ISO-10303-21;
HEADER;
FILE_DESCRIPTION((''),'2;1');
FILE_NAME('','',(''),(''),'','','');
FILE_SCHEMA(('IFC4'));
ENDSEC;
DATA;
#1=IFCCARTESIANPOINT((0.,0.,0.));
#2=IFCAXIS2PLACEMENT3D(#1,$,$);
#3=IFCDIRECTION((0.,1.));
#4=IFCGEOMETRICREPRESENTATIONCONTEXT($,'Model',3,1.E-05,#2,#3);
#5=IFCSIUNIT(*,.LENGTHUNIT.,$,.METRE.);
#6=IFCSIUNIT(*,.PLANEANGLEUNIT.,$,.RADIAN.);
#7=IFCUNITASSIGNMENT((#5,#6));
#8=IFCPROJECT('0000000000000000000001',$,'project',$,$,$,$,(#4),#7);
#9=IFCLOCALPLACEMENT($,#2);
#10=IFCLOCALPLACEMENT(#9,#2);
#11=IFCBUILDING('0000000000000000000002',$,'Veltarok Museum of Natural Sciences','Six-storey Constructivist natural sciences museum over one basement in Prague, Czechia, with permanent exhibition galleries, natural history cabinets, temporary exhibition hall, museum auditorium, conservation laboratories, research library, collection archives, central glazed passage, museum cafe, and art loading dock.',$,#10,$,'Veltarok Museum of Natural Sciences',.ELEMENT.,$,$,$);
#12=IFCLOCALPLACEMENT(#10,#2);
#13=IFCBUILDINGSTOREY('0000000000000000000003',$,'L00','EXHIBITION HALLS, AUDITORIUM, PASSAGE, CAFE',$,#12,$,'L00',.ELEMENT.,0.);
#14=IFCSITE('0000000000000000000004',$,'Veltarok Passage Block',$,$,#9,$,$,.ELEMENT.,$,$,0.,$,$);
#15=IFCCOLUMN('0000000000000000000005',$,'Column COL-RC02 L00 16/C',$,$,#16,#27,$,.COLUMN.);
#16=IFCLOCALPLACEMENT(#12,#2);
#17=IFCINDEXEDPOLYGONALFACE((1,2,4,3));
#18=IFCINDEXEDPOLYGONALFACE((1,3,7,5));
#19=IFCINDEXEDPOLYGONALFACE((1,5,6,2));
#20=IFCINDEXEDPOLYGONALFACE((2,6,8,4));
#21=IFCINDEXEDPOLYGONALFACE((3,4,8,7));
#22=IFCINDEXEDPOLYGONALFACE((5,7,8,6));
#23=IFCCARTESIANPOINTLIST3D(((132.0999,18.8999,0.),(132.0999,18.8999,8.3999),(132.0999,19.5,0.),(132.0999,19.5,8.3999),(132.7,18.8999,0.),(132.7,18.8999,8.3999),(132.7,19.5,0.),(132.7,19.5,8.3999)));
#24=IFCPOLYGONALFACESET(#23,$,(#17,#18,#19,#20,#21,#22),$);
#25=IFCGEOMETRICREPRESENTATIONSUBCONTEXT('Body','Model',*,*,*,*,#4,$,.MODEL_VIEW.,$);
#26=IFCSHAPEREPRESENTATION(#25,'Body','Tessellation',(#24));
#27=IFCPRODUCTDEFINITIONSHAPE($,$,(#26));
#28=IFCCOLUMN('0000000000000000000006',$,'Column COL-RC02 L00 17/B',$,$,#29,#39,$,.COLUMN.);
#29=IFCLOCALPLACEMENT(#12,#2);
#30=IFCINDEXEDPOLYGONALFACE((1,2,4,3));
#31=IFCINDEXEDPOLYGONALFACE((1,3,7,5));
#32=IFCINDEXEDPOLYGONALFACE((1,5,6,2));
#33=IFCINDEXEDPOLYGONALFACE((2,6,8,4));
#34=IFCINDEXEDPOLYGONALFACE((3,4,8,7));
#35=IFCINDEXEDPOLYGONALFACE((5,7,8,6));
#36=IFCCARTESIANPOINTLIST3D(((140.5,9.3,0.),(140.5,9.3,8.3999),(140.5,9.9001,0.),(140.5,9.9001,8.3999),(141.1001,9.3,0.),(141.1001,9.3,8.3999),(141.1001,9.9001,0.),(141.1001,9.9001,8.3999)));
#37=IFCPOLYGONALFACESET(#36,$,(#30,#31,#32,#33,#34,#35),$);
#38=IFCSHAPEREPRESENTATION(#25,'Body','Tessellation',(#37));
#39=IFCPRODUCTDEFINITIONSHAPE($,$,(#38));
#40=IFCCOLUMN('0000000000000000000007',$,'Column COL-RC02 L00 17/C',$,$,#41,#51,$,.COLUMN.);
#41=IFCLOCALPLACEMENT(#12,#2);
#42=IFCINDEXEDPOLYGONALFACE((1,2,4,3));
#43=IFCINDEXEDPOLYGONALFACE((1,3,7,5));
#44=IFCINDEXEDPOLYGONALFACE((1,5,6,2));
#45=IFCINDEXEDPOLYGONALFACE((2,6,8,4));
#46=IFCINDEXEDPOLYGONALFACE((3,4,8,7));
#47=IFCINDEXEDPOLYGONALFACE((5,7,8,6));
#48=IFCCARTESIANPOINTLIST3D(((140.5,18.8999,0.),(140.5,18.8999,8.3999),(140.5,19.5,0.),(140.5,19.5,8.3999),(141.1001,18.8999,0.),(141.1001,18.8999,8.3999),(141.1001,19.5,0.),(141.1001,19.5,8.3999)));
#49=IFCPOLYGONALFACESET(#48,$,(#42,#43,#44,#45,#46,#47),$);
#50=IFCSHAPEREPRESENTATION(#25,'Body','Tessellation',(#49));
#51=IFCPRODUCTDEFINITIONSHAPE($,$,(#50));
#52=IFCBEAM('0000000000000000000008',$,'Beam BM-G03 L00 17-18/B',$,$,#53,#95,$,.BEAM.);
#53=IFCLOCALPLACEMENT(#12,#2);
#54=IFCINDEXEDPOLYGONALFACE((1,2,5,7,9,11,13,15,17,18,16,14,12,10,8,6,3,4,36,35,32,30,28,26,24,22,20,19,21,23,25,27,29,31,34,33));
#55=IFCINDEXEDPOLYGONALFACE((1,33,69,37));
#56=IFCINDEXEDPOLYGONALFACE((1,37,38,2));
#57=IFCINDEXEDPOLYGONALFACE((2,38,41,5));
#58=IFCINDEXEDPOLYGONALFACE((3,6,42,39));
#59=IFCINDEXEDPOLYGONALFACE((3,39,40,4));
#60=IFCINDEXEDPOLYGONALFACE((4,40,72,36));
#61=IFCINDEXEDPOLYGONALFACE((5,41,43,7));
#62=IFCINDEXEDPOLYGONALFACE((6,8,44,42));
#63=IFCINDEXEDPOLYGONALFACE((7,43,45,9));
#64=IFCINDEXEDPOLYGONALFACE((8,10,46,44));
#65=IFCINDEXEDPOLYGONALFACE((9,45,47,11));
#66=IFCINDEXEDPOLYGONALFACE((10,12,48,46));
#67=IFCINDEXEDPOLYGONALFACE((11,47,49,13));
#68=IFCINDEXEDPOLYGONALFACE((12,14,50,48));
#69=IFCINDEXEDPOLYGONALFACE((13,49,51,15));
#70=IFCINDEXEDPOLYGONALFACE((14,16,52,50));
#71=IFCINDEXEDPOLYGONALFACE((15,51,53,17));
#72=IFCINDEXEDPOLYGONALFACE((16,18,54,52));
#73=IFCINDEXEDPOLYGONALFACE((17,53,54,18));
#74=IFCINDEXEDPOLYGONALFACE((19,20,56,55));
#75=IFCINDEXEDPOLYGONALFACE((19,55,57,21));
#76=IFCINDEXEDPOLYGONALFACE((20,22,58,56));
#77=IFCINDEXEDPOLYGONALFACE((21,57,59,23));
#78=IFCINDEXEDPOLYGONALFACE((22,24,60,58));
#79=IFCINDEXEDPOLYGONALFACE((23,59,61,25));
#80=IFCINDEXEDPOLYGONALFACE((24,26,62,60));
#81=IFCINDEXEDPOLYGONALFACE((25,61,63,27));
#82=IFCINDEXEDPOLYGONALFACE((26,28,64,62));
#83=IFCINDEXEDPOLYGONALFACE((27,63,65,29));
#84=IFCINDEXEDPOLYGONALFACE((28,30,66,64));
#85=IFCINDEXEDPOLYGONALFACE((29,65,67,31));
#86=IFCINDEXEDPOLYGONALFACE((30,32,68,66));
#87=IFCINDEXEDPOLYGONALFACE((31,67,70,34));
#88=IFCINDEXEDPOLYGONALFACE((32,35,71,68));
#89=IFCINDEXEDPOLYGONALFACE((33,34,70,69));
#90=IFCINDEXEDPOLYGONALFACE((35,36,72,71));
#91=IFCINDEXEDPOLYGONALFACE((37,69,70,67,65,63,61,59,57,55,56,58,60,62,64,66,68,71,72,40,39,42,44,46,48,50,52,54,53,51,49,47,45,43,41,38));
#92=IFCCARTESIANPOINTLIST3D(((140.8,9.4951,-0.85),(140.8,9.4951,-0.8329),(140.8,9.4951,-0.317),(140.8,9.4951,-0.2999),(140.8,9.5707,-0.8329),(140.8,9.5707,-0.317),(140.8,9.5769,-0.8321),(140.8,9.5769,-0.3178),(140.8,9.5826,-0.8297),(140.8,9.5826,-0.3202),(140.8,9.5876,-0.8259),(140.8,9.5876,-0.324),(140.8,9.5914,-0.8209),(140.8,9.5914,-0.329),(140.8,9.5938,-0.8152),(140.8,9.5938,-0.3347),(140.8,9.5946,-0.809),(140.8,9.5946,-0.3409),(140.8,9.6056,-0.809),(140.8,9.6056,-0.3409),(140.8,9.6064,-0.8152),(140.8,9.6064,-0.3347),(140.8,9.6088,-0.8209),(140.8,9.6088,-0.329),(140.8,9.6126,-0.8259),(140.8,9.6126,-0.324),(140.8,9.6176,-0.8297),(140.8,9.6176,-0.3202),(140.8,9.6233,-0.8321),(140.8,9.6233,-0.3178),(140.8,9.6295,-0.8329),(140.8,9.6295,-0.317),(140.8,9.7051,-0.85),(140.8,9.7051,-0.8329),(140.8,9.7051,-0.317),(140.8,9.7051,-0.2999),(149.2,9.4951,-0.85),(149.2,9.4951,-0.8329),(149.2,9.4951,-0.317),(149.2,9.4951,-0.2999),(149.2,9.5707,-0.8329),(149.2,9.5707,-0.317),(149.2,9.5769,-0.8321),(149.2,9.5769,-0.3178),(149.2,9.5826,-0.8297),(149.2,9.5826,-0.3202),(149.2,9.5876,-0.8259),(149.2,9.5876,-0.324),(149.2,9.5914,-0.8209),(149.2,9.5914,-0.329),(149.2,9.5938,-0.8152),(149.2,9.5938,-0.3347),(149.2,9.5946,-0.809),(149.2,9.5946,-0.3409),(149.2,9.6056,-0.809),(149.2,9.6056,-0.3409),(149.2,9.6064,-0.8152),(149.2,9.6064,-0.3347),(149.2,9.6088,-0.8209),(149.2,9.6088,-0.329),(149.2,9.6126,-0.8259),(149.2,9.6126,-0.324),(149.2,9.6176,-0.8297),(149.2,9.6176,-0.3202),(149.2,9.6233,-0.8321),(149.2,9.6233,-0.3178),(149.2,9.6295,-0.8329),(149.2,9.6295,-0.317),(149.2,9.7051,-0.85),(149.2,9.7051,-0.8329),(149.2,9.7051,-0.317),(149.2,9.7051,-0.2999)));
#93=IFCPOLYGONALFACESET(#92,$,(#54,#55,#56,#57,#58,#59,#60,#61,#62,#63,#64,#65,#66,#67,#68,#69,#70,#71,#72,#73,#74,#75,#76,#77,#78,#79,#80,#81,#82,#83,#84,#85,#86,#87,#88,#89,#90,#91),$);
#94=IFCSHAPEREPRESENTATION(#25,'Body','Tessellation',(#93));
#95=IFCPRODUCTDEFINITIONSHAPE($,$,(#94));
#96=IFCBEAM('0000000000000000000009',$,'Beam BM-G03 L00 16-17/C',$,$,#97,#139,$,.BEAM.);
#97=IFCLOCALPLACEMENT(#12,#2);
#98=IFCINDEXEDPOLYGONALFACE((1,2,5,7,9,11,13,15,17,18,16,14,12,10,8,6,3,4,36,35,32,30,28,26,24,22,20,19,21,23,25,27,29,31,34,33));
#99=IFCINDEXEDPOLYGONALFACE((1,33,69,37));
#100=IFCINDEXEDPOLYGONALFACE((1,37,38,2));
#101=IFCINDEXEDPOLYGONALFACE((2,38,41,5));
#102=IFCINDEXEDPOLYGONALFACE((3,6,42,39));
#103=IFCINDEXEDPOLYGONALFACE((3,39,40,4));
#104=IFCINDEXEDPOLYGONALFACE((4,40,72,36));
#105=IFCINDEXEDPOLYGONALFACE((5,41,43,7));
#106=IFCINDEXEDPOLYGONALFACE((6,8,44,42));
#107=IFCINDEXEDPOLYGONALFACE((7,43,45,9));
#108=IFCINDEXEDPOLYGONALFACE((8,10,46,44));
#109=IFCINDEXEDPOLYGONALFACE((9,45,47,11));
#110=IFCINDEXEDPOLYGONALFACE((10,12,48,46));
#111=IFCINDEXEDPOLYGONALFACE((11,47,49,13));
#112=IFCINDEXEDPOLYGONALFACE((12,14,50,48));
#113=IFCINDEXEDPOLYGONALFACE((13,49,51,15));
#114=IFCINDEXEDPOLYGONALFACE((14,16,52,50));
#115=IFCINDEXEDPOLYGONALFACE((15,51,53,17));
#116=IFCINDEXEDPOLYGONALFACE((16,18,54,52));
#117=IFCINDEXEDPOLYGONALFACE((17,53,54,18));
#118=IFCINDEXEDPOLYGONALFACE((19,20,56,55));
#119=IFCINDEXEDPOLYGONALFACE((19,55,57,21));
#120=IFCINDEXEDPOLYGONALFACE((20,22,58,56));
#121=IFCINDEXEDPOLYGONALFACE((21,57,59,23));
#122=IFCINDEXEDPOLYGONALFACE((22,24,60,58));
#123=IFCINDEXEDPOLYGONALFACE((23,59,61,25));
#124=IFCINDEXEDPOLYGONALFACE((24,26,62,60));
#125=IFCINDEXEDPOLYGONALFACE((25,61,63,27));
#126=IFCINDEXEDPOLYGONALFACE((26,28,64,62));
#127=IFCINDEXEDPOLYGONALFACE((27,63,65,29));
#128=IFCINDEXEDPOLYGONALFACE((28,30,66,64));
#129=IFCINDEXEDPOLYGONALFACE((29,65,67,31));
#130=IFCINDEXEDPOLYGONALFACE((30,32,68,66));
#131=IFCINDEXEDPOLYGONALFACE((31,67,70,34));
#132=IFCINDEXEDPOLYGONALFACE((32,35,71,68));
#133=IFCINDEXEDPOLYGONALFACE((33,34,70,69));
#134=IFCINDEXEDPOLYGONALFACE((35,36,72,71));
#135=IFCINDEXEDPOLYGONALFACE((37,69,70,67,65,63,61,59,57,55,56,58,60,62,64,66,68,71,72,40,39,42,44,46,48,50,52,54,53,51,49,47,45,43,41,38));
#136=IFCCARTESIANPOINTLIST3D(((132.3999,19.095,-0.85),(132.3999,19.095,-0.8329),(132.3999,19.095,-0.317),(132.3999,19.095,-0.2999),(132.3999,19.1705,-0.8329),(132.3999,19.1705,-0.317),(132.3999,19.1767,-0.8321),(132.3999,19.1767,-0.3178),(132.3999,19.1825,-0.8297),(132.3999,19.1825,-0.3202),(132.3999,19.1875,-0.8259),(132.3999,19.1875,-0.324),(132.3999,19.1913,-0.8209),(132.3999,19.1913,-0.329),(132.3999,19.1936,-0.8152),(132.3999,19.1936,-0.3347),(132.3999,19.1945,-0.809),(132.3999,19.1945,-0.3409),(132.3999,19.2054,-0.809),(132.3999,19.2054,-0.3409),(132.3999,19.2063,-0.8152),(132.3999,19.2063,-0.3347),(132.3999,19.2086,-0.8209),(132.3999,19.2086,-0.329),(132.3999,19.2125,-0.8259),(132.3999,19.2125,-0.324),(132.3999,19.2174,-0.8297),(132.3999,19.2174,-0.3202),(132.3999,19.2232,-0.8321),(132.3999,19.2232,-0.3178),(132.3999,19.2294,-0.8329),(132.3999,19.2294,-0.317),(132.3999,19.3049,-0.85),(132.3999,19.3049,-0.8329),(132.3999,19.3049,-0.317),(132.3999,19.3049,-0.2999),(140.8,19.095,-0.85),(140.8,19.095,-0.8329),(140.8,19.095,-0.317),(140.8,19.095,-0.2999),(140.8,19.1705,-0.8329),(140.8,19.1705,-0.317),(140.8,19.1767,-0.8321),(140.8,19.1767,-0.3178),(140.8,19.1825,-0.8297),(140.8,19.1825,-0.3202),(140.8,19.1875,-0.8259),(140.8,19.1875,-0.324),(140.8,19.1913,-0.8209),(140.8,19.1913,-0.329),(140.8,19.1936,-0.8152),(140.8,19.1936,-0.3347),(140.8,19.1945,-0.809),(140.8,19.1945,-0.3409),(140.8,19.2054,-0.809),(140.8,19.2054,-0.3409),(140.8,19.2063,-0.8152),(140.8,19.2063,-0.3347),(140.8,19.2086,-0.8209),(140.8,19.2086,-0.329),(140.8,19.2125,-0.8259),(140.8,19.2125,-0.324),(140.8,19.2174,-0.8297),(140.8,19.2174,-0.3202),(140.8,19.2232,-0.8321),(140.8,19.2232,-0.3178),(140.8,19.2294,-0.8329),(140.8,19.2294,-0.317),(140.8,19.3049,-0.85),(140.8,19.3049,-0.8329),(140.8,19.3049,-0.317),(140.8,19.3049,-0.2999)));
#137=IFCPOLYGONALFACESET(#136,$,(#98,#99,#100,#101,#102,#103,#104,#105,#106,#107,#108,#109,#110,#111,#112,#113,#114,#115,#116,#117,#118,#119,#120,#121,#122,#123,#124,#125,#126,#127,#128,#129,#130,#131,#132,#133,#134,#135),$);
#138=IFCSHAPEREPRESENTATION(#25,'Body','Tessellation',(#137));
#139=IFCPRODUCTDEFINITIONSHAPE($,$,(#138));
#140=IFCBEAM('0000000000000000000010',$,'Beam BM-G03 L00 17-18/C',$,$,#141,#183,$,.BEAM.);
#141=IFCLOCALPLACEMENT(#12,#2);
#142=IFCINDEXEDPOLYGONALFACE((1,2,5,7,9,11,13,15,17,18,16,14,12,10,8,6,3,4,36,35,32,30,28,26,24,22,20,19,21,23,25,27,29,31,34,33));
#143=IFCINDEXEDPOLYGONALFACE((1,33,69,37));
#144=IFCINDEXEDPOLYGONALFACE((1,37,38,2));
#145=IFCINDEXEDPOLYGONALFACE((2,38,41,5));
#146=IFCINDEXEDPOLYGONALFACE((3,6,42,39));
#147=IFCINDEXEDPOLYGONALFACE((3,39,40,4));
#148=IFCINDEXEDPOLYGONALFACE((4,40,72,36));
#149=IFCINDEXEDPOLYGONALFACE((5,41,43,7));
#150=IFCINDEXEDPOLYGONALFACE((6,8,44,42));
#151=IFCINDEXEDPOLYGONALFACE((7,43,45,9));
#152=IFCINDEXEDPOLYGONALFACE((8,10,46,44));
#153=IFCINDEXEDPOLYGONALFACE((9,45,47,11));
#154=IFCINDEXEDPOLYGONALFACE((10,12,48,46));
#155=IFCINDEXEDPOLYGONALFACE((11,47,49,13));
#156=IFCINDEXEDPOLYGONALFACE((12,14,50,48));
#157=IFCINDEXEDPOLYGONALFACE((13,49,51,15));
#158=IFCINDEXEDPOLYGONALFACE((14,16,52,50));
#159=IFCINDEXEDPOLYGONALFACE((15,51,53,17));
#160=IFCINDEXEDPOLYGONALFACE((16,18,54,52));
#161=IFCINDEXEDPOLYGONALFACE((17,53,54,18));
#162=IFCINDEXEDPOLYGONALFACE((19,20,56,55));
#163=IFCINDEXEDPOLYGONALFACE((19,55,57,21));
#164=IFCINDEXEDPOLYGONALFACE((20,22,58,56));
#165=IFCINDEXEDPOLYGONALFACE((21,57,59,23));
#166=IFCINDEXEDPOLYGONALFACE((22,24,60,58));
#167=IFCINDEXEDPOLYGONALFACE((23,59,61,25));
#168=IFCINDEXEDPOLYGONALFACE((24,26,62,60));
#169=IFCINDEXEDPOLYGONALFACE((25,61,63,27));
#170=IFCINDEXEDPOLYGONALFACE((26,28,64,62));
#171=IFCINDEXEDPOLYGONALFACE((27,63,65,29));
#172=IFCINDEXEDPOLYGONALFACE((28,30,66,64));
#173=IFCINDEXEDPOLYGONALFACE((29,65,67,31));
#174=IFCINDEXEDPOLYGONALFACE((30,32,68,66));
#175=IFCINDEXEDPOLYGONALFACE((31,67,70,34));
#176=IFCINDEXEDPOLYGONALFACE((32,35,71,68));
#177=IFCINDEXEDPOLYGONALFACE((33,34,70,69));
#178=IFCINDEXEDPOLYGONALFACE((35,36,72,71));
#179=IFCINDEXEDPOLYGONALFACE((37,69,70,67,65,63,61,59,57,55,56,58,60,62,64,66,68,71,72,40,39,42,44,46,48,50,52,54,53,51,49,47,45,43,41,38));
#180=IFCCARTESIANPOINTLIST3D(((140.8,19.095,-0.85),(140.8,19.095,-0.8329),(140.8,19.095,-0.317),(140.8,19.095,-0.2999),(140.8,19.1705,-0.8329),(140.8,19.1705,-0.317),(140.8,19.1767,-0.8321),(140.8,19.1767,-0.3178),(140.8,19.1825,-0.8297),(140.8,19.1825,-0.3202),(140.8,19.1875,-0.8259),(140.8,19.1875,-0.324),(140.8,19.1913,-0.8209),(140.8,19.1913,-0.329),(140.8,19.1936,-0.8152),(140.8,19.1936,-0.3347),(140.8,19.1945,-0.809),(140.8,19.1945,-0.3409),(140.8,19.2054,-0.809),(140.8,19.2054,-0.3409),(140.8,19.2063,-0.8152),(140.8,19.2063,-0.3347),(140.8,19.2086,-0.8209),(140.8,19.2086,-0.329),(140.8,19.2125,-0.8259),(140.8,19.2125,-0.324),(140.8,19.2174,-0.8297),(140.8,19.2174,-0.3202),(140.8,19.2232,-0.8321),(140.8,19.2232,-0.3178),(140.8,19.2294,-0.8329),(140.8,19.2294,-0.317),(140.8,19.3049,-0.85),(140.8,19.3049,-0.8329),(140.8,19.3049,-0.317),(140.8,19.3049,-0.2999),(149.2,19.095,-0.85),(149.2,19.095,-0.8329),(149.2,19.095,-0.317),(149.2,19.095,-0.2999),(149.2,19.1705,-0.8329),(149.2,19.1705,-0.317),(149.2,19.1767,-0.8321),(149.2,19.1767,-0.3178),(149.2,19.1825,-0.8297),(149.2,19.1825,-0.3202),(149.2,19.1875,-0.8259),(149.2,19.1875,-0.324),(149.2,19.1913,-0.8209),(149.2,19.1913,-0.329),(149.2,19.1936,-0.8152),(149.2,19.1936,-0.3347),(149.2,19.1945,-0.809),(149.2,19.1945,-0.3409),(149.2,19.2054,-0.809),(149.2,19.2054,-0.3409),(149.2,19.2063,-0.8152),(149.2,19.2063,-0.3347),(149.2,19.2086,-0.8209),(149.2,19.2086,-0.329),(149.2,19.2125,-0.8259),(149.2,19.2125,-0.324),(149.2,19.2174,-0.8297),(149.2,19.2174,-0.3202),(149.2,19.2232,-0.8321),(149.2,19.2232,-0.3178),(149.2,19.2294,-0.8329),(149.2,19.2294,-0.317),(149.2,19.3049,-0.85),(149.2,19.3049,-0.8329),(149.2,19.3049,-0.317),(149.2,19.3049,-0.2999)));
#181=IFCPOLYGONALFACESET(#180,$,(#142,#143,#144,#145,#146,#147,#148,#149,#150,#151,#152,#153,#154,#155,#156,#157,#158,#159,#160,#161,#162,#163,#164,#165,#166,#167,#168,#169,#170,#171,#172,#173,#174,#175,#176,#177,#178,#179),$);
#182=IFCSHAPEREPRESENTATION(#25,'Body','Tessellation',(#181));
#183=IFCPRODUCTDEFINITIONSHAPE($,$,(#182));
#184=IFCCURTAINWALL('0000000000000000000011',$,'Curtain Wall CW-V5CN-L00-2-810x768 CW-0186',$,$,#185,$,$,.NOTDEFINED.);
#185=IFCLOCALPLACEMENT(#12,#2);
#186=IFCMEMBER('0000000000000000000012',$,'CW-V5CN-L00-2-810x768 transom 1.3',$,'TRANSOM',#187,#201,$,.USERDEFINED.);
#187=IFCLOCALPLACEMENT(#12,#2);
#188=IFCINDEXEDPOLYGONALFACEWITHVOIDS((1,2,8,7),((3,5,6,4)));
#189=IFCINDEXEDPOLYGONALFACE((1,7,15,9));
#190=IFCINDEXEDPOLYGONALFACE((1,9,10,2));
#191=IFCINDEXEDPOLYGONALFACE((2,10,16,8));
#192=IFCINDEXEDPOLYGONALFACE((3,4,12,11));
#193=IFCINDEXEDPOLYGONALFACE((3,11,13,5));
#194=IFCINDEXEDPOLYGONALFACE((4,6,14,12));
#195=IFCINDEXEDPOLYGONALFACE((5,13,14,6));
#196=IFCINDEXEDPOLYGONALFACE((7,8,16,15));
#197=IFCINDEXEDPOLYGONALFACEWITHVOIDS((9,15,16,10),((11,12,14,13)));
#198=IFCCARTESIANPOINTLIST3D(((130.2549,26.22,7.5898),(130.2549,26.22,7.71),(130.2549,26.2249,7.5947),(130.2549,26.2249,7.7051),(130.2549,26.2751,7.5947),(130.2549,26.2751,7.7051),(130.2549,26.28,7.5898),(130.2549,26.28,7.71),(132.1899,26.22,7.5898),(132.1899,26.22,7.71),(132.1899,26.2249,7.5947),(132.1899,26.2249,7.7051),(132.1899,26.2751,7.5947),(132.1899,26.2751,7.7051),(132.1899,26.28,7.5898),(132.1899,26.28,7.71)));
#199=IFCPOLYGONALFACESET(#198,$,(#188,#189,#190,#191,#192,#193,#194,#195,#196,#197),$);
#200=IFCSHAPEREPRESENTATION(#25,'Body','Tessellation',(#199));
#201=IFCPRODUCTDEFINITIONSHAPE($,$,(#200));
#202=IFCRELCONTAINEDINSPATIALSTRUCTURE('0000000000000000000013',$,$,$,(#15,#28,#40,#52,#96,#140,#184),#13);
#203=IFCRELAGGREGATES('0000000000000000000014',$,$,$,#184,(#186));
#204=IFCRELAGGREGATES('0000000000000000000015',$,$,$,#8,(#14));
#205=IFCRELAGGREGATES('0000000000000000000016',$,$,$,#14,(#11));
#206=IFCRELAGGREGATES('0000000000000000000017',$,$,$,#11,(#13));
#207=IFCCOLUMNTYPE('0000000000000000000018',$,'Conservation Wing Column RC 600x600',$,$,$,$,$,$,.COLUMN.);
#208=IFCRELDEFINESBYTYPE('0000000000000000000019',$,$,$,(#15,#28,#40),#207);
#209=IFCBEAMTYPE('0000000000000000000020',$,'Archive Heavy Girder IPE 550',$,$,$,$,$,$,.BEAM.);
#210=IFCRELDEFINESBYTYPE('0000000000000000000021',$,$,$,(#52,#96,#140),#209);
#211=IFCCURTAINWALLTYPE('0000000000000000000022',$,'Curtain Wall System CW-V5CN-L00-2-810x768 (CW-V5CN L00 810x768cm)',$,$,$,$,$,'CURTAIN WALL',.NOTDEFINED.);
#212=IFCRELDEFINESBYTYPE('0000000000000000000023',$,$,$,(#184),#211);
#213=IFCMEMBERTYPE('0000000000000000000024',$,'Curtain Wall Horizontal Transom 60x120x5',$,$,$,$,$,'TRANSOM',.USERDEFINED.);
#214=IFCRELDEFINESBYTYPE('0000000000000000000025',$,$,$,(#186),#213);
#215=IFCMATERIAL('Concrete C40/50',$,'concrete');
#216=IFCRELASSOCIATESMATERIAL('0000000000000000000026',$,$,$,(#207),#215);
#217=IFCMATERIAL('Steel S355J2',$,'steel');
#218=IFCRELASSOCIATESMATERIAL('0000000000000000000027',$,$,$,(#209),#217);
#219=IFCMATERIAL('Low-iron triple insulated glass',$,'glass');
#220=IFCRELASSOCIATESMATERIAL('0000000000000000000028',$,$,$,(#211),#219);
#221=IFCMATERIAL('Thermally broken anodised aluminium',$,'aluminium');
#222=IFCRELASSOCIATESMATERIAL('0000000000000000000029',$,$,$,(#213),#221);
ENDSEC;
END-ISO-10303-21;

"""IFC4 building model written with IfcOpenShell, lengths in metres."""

from ifc_helpers import new_model, si_unit, direction, frame, origin, origin_2d, place, context, subcontext, project, spatial, rectangle, hollow_rectangle, i_section, extrude, material, material_profile, profile_set, type_object, element, aggregate, save


model = new_model("IFC4")

# Units and contexts
model_context = context("Model", 3, precision=1e-05, world=origin(), true_north=direction((0.0, 1.0)))
body_context = subcontext(model_context, "Body", "Model", "MODEL_VIEW")
ifc_project = project(units=[si_unit("LENGTHUNIT", "METRE"), si_unit("PLANEANGLEUNIT", "RADIAN")], contexts=[model_context])

# Site, building, storey
site_placement = place(None, origin())
site = spatial("IfcSite", under=ifc_project, at=site_placement, Name="Veltarok Passage Block", CompositionType="ELEMENT", RefElevation=0.0)
building_placement = place(site_placement, origin())
building = spatial("IfcBuilding", under=site, at=building_placement, Name="Veltarok Museum of Natural Sciences", Description="Six-storey Constructivist natural sciences museum over one basement in Prague, Czechia, with permanent exhibition galleries, natural history cabinets, temporary exhibition hall, museum auditorium, conservation laboratories, research library, collection archives, central glazed passage, museum cafe, and art loading dock.", LongName="Veltarok Museum of Natural Sciences", CompositionType="ELEMENT")
storey_placement = place(building_placement, origin())
storey = spatial("IfcBuildingStorey", under=building, at=storey_placement, Name="L00", Description="EXHIBITION HALLS, AUDITORIUM, PASSAGE, CAFE", LongName="L00", CompositionType="ELEMENT", Elevation=0.0)

# Columns
ifc_material_1 = material(Name="Concrete C40/50", Category="concrete")
ifc_material_profile_1 = material_profile(ifc_material_1, rectangle(XDim=0.6001, YDim=0.6001, at=origin_2d()), Name="RC 600x600")
ifc_profile_set_1 = profile_set([ifc_material_profile_1], Name="Concrete C40/50")
column_type = type_object("IfcColumnType", Name="Conservation Wing Column RC 600x600", PredefinedType="COLUMN", material=ifc_profile_set_1)
for number, where, z_axis, x_axis, name in (
    (1, (132.3999, 19.2, 0.0), (0.0, 0.0, 1.0), (1.0, 0.0, 0.0), "Column COL-RC02 L00 16/C"),
    (2, (140.8, 9.6001, 0.0), (0.0, 0.0, 1.0), (1.0, 0.0, 0.0), "Column COL-RC02 L00 17/B"),
    (3, (140.8, 19.2, 0.0), (0.0, 0.0, 1.0), (1.0, 0.0, 0.0), "Column COL-RC02 L00 17/C"),
):
    element("IfcColumn", number, at=place(storey_placement, frame(where, z_axis=z_axis, x_axis=x_axis)), inside=storey, type_object=column_type, Name=name, PredefinedType="COLUMN", context=body_context, shape_type="SweptSolid", body=[
        extrude(rectangle(XDim=0.6001, YDim=0.6001, at=origin_2d()), origin(), (0.0, 0.0, 1.0), 8.3999),
    ])

# Beams
ifc_material_2 = material(Name="Steel S355J2", Category="steel")
ifc_material_profile_2 = material_profile(ifc_material_2, i_section(OverallWidth=0.21, OverallDepth=0.55, WebThickness=0.011, FlangeThickness=0.0171, FilletRadius=0.0239, at=origin_2d()), Name="IPE 550")
ifc_profile_set_2 = profile_set([ifc_material_profile_2], Name="Steel S355J2")
beam_type_1 = type_object("IfcBeamType", Name="Archive Heavy Girder IPE 550", PredefinedType="BEAM", material=ifc_profile_set_2)
beam_1_placement = place(storey_placement, frame((140.8, 9.6001, -0.575), z_axis=(1.0, 0.0, 0.0), x_axis=(0.0, 1.0, 0.0)))
element("IfcBeam", 4, at=beam_1_placement, inside=storey, type_object=beam_type_1, Name="Beam BM-G03 L00 17-18/B", PredefinedType="BEAM", context=body_context, shape_type="SweptSolid", body=[
    extrude(i_section(OverallWidth=0.21, OverallDepth=0.55, WebThickness=0.011, FlangeThickness=0.0171, FilletRadius=0.0239, at=origin_2d()), origin(), (0.0, 0.0, 1.0), 8.3999),
])
beam_2_placement = place(storey_placement, frame((132.3999, 19.2, -0.575), z_axis=(1.0, 0.0, 0.0), x_axis=(0.0, 1.0, 0.0)))
element("IfcBeam", 5, at=beam_2_placement, inside=storey, type_object=beam_type_1, Name="Beam BM-G03 L00 16-17/C", PredefinedType="BEAM", context=body_context, shape_type="SweptSolid", body=[
    extrude(i_section(OverallWidth=0.21, OverallDepth=0.55, WebThickness=0.011, FlangeThickness=0.0171, FilletRadius=0.0239, at=origin_2d()), origin(), (0.0, 0.0, 1.0), 8.4001),
])
beam_3_placement = place(storey_placement, frame((140.8, 19.2, -0.575), z_axis=(1.0, 0.0, 0.0), x_axis=(0.0, 1.0, 0.0)))
element("IfcBeam", 6, at=beam_3_placement, inside=storey, type_object=beam_type_1, Name="Beam BM-G03 L00 17-18/C", PredefinedType="BEAM", context=body_context, shape_type="SweptSolid", body=[
    extrude(i_section(OverallWidth=0.21, OverallDepth=0.55, WebThickness=0.011, FlangeThickness=0.0171, FilletRadius=0.0239, at=origin_2d()), origin(), (0.0, 0.0, 1.0), 8.3999),
])

# Curtain wall, member
ifc_material_3 = material(Name="Low-iron triple insulated glass", Category="glass")
curtain_wall_type = type_object("IfcCurtainWallType", Name="Curtain Wall System CW-V5CN-L00-2-810x768 (CW-V5CN L00 810x768cm)", ElementType="CURTAIN WALL", PredefinedType="NOTDEFINED", material=ifc_material_3)
curtain_wall_placement = place(storey_placement, origin())
curtain_wall = element("IfcCurtainWall", 7, at=curtain_wall_placement, inside=storey, type_object=curtain_wall_type, Name="Curtain Wall CW-V5CN-L00-2-810x768 CW-0186", PredefinedType="NOTDEFINED")
ifc_material_4 = material(Name="Thermally broken anodised aluminium", Category="aluminium")
ifc_material_profile_3 = material_profile(ifc_material_4, hollow_rectangle(XDim=0.0601, YDim=0.1201, WallThickness=0.0049, at=origin_2d()), Name="CW TRANSOM 60x120x5")
ifc_profile_set_3 = profile_set([ifc_material_profile_3], Name="Thermally broken anodised aluminium")
member_type_1 = type_object("IfcMemberType", Name="Curtain Wall Horizontal Transom 60x120x5", ElementType="TRANSOM", PredefinedType="USERDEFINED", material=ifc_profile_set_3)
member_1_placement = place(storey_placement, frame((132.1899, 26.25, 7.6499), z_axis=(-1.0, 0.0, 0.0), x_axis=(0.0, -1.0, 0.0)))
member_1 = element("IfcMember", 8, at=member_1_placement, type_object=member_type_1, Name="CW-V5CN-L00-2-810x768 transom 1.3", ObjectType="TRANSOM", PredefinedType="USERDEFINED", context=body_context, shape_type="SweptSolid", body=[
    extrude(hollow_rectangle(XDim=0.0601, YDim=0.1201, WallThickness=0.0049, at=origin_2d()), origin(), (0.0, 0.0, 1.0), 1.9351),
])
aggregate(curtain_wall, [member_1])

save(model, "model.ifc")
